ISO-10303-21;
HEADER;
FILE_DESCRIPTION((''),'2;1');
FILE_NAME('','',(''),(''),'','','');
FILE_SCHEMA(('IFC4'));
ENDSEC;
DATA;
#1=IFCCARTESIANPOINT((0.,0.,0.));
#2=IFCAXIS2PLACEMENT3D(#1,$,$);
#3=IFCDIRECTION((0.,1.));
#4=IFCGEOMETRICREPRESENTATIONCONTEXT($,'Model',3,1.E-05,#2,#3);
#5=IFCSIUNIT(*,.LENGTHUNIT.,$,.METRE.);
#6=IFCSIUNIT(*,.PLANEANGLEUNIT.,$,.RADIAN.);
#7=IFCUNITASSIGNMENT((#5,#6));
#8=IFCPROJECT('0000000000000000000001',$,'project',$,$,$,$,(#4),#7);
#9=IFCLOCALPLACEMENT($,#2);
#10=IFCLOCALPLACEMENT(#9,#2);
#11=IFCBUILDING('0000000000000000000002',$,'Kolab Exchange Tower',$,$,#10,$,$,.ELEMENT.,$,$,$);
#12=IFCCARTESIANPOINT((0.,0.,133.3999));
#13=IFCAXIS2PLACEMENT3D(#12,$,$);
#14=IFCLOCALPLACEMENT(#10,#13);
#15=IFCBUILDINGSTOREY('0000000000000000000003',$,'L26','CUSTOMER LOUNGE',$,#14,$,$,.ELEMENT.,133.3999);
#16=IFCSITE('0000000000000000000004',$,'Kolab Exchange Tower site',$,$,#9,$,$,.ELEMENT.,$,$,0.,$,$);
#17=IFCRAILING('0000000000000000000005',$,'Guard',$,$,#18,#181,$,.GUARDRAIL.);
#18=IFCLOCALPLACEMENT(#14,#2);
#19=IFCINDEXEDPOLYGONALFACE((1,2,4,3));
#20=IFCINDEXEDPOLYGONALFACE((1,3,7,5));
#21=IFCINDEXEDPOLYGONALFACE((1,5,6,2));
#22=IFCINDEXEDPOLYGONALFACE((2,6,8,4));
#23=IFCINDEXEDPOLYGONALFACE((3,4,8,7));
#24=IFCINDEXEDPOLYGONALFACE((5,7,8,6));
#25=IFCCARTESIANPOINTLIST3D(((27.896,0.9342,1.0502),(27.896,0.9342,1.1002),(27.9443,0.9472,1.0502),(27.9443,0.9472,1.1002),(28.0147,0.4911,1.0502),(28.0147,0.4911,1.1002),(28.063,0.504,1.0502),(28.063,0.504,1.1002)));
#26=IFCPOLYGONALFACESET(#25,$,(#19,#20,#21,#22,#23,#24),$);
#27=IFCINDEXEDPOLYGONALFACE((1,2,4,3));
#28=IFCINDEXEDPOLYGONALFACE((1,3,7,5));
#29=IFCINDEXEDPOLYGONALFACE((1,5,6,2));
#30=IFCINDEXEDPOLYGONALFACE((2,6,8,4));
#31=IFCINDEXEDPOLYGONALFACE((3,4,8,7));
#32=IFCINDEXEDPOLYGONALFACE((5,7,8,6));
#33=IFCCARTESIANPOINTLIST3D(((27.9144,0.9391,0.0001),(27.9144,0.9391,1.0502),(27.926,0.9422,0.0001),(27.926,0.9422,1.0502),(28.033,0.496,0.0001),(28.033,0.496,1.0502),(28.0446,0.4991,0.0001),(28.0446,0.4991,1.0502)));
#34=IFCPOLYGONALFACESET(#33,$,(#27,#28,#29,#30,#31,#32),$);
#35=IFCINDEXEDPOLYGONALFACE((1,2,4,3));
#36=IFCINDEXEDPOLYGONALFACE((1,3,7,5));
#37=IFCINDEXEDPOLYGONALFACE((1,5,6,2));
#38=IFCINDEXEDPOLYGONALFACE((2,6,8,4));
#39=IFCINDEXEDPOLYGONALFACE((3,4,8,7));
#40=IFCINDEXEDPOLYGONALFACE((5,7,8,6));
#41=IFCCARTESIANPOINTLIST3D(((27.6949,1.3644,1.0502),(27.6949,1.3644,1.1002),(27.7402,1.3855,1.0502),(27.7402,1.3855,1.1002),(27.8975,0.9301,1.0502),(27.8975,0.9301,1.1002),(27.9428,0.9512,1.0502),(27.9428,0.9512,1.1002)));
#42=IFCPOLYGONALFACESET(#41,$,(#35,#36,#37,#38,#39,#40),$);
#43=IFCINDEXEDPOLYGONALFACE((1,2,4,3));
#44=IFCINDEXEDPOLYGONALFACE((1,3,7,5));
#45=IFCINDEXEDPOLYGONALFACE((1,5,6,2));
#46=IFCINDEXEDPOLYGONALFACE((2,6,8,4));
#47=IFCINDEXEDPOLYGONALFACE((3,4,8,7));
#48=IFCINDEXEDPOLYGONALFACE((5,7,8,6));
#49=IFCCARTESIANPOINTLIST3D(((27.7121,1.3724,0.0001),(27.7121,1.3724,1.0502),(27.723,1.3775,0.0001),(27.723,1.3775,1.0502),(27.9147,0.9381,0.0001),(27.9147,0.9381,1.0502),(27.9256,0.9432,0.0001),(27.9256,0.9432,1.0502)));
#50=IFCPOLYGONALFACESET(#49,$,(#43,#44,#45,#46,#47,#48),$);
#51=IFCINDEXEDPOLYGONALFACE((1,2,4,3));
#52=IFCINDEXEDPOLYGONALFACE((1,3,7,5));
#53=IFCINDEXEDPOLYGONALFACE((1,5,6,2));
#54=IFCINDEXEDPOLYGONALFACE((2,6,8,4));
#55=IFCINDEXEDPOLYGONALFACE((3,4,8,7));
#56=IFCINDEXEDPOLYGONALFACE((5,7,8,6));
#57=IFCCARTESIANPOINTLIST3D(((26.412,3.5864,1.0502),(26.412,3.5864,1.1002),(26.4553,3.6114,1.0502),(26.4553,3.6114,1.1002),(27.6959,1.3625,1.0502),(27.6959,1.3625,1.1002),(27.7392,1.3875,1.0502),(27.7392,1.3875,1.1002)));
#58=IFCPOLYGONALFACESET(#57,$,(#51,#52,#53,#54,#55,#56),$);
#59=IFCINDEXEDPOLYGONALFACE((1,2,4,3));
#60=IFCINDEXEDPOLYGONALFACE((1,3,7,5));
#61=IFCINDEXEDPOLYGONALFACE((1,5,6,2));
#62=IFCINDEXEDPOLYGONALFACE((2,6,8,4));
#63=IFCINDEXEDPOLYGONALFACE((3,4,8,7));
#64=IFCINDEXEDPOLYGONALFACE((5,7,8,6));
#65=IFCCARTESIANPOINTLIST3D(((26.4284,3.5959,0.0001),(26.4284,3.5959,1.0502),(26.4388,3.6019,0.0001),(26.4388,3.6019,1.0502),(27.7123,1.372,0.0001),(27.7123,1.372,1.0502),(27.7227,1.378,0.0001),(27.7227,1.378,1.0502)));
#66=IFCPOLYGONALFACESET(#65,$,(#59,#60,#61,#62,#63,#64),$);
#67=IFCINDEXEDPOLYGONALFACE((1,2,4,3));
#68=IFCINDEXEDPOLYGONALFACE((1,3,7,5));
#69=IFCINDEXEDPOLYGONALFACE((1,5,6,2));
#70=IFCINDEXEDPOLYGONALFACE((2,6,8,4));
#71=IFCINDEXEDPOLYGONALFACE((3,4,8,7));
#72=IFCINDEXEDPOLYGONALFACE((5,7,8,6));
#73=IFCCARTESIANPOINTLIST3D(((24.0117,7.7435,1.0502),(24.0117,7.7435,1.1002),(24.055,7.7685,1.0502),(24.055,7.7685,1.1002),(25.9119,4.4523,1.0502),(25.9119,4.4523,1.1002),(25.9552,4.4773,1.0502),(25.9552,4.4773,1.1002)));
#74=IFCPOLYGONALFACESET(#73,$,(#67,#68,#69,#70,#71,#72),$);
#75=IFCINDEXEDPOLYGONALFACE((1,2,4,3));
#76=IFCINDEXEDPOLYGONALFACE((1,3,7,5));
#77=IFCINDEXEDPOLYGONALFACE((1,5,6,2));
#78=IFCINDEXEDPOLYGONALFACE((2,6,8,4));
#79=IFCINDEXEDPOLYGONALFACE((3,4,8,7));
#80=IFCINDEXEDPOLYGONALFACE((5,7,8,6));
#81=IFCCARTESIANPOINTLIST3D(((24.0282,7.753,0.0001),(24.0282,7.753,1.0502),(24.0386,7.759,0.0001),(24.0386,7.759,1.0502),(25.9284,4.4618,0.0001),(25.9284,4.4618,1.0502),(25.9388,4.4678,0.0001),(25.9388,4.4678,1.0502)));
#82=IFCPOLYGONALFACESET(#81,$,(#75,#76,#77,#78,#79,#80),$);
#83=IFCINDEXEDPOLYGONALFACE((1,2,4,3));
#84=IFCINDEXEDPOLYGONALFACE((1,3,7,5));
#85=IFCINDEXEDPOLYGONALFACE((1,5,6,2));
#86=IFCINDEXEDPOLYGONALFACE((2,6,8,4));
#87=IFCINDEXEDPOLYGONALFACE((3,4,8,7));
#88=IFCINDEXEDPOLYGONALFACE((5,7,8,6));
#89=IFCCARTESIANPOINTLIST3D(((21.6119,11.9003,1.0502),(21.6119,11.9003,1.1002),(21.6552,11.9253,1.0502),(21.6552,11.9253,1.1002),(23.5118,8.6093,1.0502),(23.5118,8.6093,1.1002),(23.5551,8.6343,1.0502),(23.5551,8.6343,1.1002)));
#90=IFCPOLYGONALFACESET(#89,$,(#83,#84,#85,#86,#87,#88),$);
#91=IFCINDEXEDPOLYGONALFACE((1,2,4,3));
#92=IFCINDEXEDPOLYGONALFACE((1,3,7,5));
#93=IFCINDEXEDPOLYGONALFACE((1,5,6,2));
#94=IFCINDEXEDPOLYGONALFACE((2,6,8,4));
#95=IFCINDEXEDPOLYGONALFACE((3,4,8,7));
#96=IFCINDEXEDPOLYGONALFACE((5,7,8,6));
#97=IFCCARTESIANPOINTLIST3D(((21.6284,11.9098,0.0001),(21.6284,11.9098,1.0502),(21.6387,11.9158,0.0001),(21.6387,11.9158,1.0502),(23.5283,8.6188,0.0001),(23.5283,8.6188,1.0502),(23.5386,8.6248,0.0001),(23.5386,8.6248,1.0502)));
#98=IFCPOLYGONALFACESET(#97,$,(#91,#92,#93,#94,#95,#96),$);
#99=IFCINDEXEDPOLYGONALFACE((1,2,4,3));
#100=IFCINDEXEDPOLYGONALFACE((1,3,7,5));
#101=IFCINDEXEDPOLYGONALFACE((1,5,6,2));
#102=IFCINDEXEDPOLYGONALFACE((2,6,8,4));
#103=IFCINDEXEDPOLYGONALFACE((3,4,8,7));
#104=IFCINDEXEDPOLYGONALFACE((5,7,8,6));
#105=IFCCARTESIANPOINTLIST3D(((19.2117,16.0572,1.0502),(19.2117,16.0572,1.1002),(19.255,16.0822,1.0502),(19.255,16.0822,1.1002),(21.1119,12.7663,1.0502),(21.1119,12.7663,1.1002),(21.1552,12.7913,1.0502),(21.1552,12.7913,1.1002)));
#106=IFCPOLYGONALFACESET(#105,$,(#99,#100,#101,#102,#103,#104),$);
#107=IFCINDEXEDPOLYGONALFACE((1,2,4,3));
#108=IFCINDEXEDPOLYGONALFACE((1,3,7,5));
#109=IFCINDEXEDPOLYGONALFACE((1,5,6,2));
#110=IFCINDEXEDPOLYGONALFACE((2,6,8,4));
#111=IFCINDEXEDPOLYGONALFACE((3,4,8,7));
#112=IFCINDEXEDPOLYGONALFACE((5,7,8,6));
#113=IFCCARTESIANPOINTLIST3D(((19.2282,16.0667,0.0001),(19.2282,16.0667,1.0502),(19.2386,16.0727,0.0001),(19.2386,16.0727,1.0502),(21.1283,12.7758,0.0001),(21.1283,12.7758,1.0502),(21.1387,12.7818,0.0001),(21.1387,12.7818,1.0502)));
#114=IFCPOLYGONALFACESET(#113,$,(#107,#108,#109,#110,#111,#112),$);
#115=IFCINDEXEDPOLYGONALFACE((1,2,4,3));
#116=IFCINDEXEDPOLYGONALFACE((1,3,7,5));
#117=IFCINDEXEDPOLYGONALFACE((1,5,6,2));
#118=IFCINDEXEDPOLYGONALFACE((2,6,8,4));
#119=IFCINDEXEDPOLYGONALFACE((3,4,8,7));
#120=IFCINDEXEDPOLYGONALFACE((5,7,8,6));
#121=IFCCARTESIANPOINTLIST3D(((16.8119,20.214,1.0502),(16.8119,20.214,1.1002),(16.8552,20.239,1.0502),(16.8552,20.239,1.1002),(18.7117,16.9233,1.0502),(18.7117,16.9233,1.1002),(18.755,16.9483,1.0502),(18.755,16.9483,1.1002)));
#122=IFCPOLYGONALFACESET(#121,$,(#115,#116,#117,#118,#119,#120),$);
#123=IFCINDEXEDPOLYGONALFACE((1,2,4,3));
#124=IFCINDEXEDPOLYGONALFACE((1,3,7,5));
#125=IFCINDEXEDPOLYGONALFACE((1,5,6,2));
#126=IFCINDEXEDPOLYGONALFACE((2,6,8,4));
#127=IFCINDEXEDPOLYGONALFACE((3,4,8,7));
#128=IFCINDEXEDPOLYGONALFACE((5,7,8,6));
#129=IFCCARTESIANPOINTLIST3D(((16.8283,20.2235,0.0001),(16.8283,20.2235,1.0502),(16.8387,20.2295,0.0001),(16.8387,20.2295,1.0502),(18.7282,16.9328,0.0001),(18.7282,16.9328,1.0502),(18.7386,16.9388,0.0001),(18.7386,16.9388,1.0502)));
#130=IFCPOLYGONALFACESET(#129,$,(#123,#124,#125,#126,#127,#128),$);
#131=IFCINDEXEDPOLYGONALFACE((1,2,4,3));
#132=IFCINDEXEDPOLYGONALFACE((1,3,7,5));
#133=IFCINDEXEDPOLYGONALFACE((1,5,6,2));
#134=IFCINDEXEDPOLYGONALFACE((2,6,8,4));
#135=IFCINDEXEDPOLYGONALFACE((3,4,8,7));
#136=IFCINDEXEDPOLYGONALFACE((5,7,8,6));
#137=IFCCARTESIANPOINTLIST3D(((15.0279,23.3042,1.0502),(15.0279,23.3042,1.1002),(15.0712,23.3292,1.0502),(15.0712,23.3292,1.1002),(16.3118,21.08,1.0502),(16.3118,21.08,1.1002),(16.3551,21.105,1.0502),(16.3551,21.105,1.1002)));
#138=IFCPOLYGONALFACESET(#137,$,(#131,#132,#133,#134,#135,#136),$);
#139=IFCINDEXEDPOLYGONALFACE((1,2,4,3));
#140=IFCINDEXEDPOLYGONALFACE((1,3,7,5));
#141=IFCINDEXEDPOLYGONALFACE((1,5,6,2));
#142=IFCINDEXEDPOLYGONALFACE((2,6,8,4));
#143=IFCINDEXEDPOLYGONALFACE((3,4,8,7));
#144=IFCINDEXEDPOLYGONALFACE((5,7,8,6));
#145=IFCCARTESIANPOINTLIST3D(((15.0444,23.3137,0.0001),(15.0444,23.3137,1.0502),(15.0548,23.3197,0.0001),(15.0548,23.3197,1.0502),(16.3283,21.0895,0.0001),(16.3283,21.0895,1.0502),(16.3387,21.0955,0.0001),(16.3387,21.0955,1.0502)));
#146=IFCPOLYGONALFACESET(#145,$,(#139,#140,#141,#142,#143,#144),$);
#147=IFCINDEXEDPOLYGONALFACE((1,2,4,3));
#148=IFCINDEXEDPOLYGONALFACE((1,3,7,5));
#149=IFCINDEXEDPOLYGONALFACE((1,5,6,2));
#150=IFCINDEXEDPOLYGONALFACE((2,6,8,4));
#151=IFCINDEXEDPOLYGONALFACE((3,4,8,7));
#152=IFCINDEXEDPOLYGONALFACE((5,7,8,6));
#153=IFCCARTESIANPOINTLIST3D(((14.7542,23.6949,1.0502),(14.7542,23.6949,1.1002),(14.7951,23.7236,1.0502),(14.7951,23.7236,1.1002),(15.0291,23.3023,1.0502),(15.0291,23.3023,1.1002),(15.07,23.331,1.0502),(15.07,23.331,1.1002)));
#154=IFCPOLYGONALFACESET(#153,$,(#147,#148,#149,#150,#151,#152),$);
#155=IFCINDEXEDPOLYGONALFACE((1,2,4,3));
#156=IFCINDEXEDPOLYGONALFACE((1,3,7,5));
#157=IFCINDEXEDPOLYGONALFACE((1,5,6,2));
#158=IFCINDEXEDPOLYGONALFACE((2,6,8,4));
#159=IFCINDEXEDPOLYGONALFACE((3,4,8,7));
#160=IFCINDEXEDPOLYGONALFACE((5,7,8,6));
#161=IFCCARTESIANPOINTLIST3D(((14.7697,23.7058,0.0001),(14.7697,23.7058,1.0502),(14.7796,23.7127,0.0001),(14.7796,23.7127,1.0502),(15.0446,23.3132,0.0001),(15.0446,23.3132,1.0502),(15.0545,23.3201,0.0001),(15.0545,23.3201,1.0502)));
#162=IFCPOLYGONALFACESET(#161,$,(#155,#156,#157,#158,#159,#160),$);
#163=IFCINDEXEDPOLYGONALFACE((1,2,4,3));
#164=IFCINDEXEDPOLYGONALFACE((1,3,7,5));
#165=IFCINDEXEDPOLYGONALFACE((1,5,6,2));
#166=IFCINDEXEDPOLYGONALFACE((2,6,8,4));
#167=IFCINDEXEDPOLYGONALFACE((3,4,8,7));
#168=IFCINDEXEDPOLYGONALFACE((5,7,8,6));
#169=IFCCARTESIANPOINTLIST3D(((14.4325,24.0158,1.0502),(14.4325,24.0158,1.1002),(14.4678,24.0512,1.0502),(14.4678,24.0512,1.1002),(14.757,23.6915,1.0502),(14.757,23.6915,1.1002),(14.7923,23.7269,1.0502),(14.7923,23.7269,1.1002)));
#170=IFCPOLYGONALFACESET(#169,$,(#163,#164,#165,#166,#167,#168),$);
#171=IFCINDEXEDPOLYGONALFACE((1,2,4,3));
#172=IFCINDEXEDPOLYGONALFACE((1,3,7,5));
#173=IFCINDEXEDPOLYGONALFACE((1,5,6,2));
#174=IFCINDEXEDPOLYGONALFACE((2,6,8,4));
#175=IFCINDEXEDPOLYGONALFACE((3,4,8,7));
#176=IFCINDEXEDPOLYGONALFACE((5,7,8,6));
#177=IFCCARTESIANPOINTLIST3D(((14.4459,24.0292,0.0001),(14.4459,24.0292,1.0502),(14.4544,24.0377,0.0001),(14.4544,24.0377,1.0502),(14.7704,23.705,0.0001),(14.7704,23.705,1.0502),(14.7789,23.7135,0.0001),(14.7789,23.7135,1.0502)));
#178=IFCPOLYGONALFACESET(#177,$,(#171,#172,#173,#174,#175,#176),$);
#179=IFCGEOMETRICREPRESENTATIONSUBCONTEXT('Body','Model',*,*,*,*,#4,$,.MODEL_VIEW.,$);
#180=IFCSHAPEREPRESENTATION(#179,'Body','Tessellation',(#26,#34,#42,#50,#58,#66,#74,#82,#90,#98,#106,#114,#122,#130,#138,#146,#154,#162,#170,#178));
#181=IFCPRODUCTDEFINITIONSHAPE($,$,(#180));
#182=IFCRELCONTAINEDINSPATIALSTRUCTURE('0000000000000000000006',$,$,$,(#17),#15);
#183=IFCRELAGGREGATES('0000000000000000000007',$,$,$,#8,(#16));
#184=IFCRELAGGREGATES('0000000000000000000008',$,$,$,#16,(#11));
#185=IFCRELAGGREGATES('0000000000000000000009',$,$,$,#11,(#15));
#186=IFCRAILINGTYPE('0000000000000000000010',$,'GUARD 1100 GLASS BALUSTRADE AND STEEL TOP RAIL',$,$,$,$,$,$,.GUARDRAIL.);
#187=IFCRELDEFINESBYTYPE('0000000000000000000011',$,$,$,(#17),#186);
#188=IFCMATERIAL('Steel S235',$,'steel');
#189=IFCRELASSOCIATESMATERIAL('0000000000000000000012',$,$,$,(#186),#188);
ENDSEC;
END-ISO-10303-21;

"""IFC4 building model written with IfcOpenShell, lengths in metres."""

from ifc_helpers import new_model, si_unit, direction, frame, frame_2d, origin, origin_2d, place, context, subcontext, project, spatial, rectangle, extrude, material, type_object, element, save


model = new_model("IFC4")

# Units and contexts
model_context = context("Model", 3, precision=1e-05, world=origin(), true_north=direction((0.0, 1.0)))
body_context = subcontext(model_context, "Body", "Model", "MODEL_VIEW")
ifc_project = project(units=[si_unit("LENGTHUNIT", "METRE"), si_unit("PLANEANGLEUNIT", "RADIAN")], contexts=[model_context])

# Site, building, storey
site_placement = place(None, origin())
site = spatial("IfcSite", under=ifc_project, at=site_placement, Name="Kolab Exchange Tower site", CompositionType="ELEMENT", RefElevation=0.0)
building_placement = place(site_placement, origin())
building = spatial("IfcBuilding", under=site, at=building_placement, Name="Kolab Exchange Tower", CompositionType="ELEMENT")
storey_placement = place(building_placement, frame((0.0, 0.0, 133.3999)))
storey = spatial("IfcBuildingStorey", under=building, at=storey_placement, Name="L26", Description="CUSTOMER LOUNGE", CompositionType="ELEMENT", Elevation=133.3999)

# Shared definitions
ifc_material_1 = material(Name="Steel S235", Category="steel")

# Railing
railing_type = type_object("IfcRailingType", Name="GUARD 1100 GLASS BALUSTRADE AND STEEL TOP RAIL", PredefinedType="GUARDRAIL", material=ifc_material_1)
railing_placement = place(storey_placement, frame((28.0388, 0.4976, 0.0)))
element("IfcRailing", 1, at=railing_placement, inside=storey, type_object=railing_type, Name="Guard", PredefinedType="GUARDRAIL", context=body_context, shape_type="SweptSolid", body=[
    extrude(rectangle(XDim=0.05, YDim=0.05, at=origin_2d()), frame((0.0, 0.0, 1.0752), z_axis=(-0.258656, 0.965969, 0.0), x_axis=(-0.965969, -0.258656, 0.0)), (0.0, 0.0, 1.0), 0.4587),
    extrude(rectangle(XDim=0.012, YDim=1.0501, at=frame_2d((0.0, 0.5251))), frame((0.0, 0.0, 0.0), z_axis=(-0.258656, 0.965969, 0.0), x_axis=(-0.965969, -0.258656, 0.0)), (0.0, 0.0, 1.0), 0.4587),
    extrude(rectangle(XDim=0.05, YDim=0.05, at=origin_2d()), frame((-0.1187, 0.4431, 1.0752), z_axis=(-0.422802, 0.906222, 0.0), x_axis=(-0.906222, -0.422802, 0.0)), (0.0, 0.0, 1.0), 0.4792),
    extrude(rectangle(XDim=0.012, YDim=1.0501, at=frame_2d((0.0, 0.5251))), frame((-0.1187, 0.4431, 0.0), z_axis=(-0.422802, 0.906222, 0.0), x_axis=(-0.906222, -0.422802, 0.0)), (0.0, 0.0, 1.0), 0.4792),
    extrude(rectangle(XDim=0.05, YDim=0.05, at=origin_2d()), frame((-0.3213, 0.8774, 1.0752), z_axis=(-0.499994, 0.866029, 0.0), x_axis=(-0.866029, -0.499994, 0.0)), (0.0, 0.0, 1.0), 2.5679),
    extrude(rectangle(XDim=0.012, YDim=1.0501, at=frame_2d((0.0, 0.5251))), frame((-0.3213, 0.8774, 0.0), z_axis=(-0.499994, 0.866029, 0.0), x_axis=(-0.866029, -0.499994, 0.0)), (0.0, 0.0, 1.0), 2.5679),
    extrude(rectangle(XDim=0.05, YDim=0.05, at=origin_2d()), frame((-2.1052, 3.9673, 1.0752), z_axis=(-0.500015, 0.866017, 0.0), x_axis=(-0.866017, -0.500015, 0.0)), (0.0, 0.0, 1.0), 3.8003),
    extrude(rectangle(XDim=0.012, YDim=1.0501, at=frame_2d((0.0, 0.5251))), frame((-2.1052, 3.9673, 0.0), z_axis=(-0.500015, 0.866017, 0.0), x_axis=(-0.866017, -0.500015, 0.0)), (0.0, 0.0, 1.0), 3.8003),
    extrude(rectangle(XDim=0.05, YDim=0.05, at=origin_2d()), frame((-4.5054, 8.1243, 1.0752), z_axis=(-0.499967, 0.866044, 0.0), x_axis=(-0.866044, -0.499967, 0.0)), (0.0, 0.0, 1.0), 3.8),
    extrude(rectangle(XDim=0.012, YDim=1.0501, at=frame_2d((0.0, 0.5251))), frame((-4.5054, 8.1243, 0.0), z_axis=(-0.499967, 0.866044, 0.0), x_axis=(-0.866044, -0.499967, 0.0)), (0.0, 0.0, 1.0), 3.8),
    extrude(rectangle(XDim=0.05, YDim=0.05, at=origin_2d()), frame((-6.9053, 12.2812, 1.0752), z_axis=(-0.500043, 0.866, 0.0), x_axis=(-0.866, -0.500043, 0.0)), (0.0, 0.0, 1.0), 3.8),
    extrude(rectangle(XDim=0.012, YDim=1.0501, at=frame_2d((0.0, 0.5251))), frame((-6.9053, 12.2812, 0.0), z_axis=(-0.500043, 0.866, 0.0), x_axis=(-0.866, -0.500043, 0.0)), (0.0, 0.0, 1.0), 3.8),
    extrude(rectangle(XDim=0.05, YDim=0.05, at=origin_2d()), frame((-9.3054, 16.4382, 1.0752), z_axis=(-0.499995, 0.866028, 0.0), x_axis=(-0.866028, -0.499995, 0.0)), (0.0, 0.0, 1.0), 3.7998),
    extrude(rectangle(XDim=0.012, YDim=1.0501, at=frame_2d((0.0, 0.5251))), frame((-9.3054, 16.4382, 0.0), z_axis=(-0.499995, 0.866028, 0.0), x_axis=(-0.866028, -0.499995, 0.0)), (0.0, 0.0, 1.0), 3.7998),
    extrude(rectangle(XDim=0.05, YDim=0.05, at=origin_2d()), frame((-11.7053, 20.595, 1.0752), z_axis=(-0.499953, 0.866053, 0.0), x_axis=(-0.866053, -0.499953, 0.0)), (0.0, 0.0, 1.0), 2.5681),
    extrude(rectangle(XDim=0.012, YDim=1.0501, at=frame_2d((0.0, 0.5251))), frame((-11.7053, 20.595, 0.0), z_axis=(-0.499953, 0.866053, 0.0), x_axis=(-0.866053, -0.499953, 0.0)), (0.0, 0.0, 1.0), 2.5681),
    extrude(rectangle(XDim=0.05, YDim=0.05, at=origin_2d()), frame((-12.9893, 22.8191, 1.0752), z_axis=(-0.573599, 0.819136, 0.0), x_axis=(-0.819136, -0.573599, 0.0)), (0.0, 0.0, 1.0), 0.4792),
    extrude(rectangle(XDim=0.012, YDim=1.0501, at=frame_2d((0.0, 0.5251))), frame((-12.9893, 22.8191, 0.0), z_axis=(-0.573599, 0.819136, 0.0), x_axis=(-0.819136, -0.573599, 0.0)), (0.0, 0.0, 1.0), 0.4792),
    extrude(rectangle(XDim=0.05, YDim=0.05, at=origin_2d()), frame((-13.2642, 23.2117, 1.0752), z_axis=(-0.707373, 0.706841, 0.0), x_axis=(-0.706841, -0.707373, 0.0)), (0.0, 0.0, 1.0), 0.4587),
    extrude(rectangle(XDim=0.012, YDim=1.0501, at=frame_2d((0.0, 0.5251))), frame((-13.2642, 23.2117, 0.0), z_axis=(-0.707373, 0.706841, 0.0), x_axis=(-0.706841, -0.707373, 0.0)), (0.0, 0.0, 1.0), 0.4587),
])

save(model, "model.ifc")
